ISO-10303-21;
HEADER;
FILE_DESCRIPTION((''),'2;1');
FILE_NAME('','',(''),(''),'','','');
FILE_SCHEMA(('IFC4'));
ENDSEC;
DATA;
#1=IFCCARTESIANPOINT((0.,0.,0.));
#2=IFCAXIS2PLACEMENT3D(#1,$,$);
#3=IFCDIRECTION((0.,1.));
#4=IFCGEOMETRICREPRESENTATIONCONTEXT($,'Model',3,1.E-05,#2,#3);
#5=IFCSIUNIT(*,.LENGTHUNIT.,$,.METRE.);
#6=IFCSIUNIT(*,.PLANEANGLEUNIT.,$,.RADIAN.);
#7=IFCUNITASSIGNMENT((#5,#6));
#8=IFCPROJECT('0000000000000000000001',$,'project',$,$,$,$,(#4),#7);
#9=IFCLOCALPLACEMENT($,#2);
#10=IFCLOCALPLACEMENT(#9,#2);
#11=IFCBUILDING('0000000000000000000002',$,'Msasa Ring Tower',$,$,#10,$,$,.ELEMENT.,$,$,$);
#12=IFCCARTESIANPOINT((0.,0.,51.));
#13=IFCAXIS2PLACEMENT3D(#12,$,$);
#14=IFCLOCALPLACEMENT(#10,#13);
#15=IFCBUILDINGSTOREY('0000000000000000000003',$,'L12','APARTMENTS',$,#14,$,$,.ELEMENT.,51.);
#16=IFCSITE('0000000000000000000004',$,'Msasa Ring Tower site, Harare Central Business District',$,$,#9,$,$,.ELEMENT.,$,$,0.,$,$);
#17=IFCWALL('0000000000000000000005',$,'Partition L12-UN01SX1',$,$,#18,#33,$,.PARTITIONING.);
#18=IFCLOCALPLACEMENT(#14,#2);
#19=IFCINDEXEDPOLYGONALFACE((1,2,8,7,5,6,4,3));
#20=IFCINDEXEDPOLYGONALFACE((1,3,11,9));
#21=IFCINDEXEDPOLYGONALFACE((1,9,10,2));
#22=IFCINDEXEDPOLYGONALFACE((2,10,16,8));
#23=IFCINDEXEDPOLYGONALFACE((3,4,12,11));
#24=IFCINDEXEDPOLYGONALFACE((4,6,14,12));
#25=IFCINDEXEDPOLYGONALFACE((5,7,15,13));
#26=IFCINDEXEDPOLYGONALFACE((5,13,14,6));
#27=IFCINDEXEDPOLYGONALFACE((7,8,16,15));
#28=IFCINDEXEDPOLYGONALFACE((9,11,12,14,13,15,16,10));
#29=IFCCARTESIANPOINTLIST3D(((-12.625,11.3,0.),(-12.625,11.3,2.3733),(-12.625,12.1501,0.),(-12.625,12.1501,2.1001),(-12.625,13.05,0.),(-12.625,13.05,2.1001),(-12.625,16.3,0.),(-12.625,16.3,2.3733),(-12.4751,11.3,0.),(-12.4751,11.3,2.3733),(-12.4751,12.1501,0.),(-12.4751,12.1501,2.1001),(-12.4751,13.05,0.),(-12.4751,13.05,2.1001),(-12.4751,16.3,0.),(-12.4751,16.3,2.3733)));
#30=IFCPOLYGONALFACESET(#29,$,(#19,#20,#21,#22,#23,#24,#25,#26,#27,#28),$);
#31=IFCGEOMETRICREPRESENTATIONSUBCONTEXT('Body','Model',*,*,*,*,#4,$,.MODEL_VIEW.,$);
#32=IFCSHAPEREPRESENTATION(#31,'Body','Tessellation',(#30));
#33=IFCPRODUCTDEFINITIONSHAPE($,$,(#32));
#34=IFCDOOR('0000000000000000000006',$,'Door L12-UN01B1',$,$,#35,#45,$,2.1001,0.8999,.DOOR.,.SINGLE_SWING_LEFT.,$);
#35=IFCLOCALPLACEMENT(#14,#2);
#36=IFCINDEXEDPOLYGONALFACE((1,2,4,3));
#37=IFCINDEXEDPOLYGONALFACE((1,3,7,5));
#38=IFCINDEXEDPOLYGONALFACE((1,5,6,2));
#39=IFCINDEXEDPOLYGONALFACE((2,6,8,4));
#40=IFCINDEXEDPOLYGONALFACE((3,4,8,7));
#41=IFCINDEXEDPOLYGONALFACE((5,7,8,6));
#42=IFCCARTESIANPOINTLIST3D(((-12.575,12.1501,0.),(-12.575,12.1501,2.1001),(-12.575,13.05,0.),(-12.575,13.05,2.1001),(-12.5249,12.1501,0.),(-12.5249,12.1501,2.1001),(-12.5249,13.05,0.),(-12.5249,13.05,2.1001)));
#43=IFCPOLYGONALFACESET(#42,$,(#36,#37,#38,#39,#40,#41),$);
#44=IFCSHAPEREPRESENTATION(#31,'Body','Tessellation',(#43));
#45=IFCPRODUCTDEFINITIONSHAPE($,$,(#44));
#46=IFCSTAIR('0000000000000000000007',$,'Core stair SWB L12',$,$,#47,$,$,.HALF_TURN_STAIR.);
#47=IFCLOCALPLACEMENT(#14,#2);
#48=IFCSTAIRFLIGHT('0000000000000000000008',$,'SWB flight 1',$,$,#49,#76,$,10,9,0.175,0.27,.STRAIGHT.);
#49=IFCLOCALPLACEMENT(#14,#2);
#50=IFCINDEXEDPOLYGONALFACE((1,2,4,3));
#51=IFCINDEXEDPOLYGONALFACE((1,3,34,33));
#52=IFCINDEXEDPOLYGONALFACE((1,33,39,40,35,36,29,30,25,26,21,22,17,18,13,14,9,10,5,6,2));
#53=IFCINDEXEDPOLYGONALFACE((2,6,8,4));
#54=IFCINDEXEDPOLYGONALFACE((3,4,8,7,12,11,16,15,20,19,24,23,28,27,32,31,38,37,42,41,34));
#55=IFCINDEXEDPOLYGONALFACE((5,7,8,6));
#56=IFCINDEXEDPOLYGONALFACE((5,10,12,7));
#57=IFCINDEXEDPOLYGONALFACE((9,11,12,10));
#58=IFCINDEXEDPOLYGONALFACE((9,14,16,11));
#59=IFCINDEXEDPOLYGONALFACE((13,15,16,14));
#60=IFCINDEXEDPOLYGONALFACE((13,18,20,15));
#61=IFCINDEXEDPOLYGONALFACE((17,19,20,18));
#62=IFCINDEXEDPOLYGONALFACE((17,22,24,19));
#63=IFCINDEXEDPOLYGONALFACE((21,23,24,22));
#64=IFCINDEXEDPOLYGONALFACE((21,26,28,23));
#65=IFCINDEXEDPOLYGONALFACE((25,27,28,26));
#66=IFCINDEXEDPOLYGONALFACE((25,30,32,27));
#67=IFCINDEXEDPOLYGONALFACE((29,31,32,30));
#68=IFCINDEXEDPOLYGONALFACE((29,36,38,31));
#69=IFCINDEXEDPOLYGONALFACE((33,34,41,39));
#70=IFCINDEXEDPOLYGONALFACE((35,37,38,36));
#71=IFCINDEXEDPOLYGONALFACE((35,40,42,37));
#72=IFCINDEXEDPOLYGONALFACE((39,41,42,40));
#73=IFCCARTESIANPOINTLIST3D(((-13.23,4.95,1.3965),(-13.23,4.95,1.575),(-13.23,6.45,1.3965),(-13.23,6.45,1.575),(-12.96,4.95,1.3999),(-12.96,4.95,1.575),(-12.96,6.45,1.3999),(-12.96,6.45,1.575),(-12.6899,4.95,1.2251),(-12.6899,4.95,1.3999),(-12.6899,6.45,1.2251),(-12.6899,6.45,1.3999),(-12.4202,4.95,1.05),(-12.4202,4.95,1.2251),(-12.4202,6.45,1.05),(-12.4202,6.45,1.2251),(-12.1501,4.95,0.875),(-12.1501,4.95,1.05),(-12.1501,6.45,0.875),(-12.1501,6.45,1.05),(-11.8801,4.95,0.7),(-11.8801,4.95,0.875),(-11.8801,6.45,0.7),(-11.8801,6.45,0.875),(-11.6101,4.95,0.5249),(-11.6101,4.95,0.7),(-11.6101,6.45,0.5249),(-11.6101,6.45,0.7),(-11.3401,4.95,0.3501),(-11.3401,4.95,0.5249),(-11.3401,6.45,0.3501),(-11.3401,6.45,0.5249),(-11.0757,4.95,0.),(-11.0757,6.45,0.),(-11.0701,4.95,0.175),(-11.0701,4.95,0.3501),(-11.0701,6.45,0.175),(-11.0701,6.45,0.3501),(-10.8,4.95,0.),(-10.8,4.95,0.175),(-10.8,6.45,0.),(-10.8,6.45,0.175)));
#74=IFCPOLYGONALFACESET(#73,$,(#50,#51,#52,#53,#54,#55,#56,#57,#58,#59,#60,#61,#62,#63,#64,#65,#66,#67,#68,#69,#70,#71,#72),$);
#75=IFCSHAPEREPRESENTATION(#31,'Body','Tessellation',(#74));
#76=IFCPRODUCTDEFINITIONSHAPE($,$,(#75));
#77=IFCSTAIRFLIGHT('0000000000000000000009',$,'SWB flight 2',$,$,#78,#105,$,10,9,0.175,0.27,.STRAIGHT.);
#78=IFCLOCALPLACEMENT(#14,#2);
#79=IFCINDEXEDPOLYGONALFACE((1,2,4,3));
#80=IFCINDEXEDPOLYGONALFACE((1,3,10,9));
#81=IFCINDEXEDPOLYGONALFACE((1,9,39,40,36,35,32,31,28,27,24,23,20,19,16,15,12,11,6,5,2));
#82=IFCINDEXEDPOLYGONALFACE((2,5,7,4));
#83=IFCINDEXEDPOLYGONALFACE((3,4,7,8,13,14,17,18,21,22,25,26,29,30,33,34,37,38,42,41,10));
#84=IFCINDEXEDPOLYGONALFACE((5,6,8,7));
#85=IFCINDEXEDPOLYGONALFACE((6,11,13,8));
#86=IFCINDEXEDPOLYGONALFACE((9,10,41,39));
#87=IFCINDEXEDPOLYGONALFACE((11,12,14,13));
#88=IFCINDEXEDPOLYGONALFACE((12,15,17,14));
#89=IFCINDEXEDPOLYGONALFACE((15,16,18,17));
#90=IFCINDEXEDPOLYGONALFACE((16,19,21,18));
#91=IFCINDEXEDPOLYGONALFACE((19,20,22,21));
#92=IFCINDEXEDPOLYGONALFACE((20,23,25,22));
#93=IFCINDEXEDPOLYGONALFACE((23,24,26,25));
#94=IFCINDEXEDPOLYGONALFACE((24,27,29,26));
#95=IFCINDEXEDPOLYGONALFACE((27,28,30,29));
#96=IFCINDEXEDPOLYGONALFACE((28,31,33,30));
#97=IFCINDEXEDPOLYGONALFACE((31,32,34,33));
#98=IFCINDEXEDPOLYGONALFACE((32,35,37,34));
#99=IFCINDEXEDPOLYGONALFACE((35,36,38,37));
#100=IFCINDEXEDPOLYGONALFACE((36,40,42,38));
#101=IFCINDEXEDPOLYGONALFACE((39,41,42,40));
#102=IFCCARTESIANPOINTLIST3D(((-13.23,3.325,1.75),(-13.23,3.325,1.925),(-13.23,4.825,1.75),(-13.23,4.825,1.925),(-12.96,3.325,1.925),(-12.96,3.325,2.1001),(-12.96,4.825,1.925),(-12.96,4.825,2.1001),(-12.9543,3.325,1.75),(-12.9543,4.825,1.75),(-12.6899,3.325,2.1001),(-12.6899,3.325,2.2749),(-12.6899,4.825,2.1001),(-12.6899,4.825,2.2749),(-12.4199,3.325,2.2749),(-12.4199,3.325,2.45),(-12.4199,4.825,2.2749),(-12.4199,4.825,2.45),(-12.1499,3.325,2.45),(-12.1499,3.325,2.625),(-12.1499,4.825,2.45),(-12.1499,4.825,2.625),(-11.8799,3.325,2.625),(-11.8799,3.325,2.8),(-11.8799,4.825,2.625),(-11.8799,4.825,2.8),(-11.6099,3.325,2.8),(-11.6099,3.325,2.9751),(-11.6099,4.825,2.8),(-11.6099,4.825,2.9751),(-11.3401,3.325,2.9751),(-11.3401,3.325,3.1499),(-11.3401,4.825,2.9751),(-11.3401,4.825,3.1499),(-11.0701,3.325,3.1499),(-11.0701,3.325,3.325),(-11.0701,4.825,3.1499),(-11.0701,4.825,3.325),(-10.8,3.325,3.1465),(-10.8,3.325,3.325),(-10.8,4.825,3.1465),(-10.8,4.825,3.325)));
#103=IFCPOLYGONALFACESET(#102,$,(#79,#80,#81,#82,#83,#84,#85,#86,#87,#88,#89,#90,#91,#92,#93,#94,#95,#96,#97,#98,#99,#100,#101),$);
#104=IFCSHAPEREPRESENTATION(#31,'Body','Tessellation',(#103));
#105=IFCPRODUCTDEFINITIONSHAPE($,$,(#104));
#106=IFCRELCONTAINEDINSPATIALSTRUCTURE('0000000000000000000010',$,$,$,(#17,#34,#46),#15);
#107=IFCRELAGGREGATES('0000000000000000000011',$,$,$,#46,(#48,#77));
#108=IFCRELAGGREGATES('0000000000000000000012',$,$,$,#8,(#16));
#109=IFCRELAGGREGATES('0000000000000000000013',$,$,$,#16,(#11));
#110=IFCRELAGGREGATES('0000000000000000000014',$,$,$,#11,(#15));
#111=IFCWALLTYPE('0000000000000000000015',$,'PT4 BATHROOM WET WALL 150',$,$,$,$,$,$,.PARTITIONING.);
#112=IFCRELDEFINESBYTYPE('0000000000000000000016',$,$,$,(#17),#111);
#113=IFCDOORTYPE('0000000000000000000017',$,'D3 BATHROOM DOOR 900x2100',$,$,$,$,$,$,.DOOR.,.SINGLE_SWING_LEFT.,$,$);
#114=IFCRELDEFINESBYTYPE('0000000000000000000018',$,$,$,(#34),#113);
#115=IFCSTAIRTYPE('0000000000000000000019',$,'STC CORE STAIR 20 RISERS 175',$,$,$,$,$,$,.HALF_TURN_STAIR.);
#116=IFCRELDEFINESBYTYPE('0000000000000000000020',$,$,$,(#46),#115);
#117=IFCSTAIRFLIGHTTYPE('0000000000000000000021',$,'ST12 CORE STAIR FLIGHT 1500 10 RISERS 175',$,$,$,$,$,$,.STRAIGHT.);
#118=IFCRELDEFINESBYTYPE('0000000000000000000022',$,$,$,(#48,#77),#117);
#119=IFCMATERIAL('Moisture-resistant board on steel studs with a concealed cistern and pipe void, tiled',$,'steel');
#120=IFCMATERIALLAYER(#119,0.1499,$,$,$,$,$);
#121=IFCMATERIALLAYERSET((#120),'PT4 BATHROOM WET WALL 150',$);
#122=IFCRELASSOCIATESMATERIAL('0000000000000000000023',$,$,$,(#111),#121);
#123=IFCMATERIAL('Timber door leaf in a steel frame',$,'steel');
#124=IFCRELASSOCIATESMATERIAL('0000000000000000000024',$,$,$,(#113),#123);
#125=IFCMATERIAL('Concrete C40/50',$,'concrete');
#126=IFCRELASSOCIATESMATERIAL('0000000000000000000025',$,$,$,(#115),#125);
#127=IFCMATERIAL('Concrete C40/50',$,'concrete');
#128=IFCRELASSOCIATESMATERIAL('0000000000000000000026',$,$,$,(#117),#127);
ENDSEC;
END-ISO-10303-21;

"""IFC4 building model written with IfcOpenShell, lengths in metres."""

from ifc_helpers import new_model, si_unit, direction, frame, frame_2d, origin, place, context, subcontext, project, spatial, polyline, rectangle, outline, extrude, material, layer, layer_set, type_object, element, fill, aggregate, save


model = new_model("IFC4")

# Units and contexts
model_context = context("Model", 3, precision=1e-05, world=origin(), true_north=direction((0.0, 1.0)))
body_context = subcontext(model_context, "Body", "Model", "MODEL_VIEW")
ifc_project = project(units=[si_unit("LENGTHUNIT", "METRE"), si_unit("PLANEANGLEUNIT", "RADIAN")], contexts=[model_context])

# Site, building, storey
site_placement = place(None, origin())
site = spatial("IfcSite", under=ifc_project, at=site_placement, Name="Msasa Ring Tower site, Harare Central Business District", CompositionType="ELEMENT", RefElevation=0.0)
building_placement = place(site_placement, origin())
building = spatial("IfcBuilding", under=site, at=building_placement, Name="Msasa Ring Tower", CompositionType="ELEMENT")
storey_placement = place(building_placement, frame((0.0, 0.0, 51.0)))
storey = spatial("IfcBuildingStorey", under=building, at=storey_placement, Name="L12", Description="APARTMENTS", CompositionType="ELEMENT", Elevation=51.0)

# Wall, opening, door
ifc_material_1 = material(Name="Moisture-resistant board on steel studs with a concealed cistern and pipe void, tiled", Category="steel")
ifc_layer_1 = layer(ifc_material_1, 0.1499)
ifc_layer_set_1 = layer_set([ifc_layer_1], Name="PT4 BATHROOM WET WALL 150")
wall_type_1 = type_object("IfcWallType", Name="PT4 BATHROOM WET WALL 150", PredefinedType="PARTITIONING", material=ifc_layer_set_1)
ifc_material_2 = material(Name="Timber door leaf in a steel frame", Category="steel")
door_type = type_object("IfcDoorType", Name="D3 BATHROOM DOOR 900x2100", OperationType="SINGLE_SWING_LEFT", PredefinedType="DOOR", material=ifc_material_2)
wall_1_placement = place(storey_placement, frame((-12.55, 11.3, 0.0), z_axis=(0.0, 0.0, 1.0), x_axis=(0.0, 1.0, 0.0)))
wall_1 = element("IfcWall", 1, at=wall_1_placement, inside=storey, type_object=wall_type_1, Name="Partition L12-UN01SX1", PredefinedType="PARTITIONING", context=body_context, shape_type="SweptSolid", body=[
    extrude(rectangle(XDim=5.0, YDim=0.1499, at=frame_2d((2.5, 0.0))), origin(), (0.0, 0.0, 1.0), 2.3733),
])
opening_1_placement = place(wall_1_placement, frame((0.8501, 0.0, 0.0)))
opening_1 = element("IfcOpeningElement", 2, at=opening_1_placement, cuts=wall_1, PredefinedType="OPENING", context=body_context, shape_type="SweptSolid", body=[
    extrude(rectangle(XDim=0.8999, YDim=2.1001, at=frame_2d((0.45, 1.05))), frame((0.0, 0.085, 0.0), z_axis=(0.0, -1.0, 0.0), x_axis=(1.0, 0.0, 0.0)), (0.0, 0.0, 1.0), 0.1699),
])
door_1_placement = place(opening_1_placement, origin())
door_1 = element("IfcDoor", 3, at=door_1_placement, inside=storey, type_object=door_type, Name="Door L12-UN01B1", OperationType="SINGLE_SWING_LEFT", OverallHeight=2.1001, OverallWidth=0.8999, PredefinedType="DOOR", context=body_context, shape_type="SweptSolid", body=[
    extrude(rectangle(XDim=0.8999, YDim=2.1001, at=frame_2d((0.45, 1.05))), frame((0.0, 0.0249, 0.0), z_axis=(0.0, -1.0, 0.0), x_axis=(1.0, 0.0, 0.0)), (0.0, 0.0, 1.0), 0.05),
])
fill(opening_1, door_1)

# Stair, stair flights
ifc_material_3 = material(Name="Concrete C40/50", Category="concrete")
stair_type = type_object("IfcStairType", Name="STC CORE STAIR 20 RISERS 175", PredefinedType="HALF_TURN_STAIR", material=ifc_material_3)
stair_placement = place(storey_placement, origin())
stair = element("IfcStair", 4, at=stair_placement, inside=storey, type_object=stair_type, Name="Core stair SWB L12", PredefinedType="HALF_TURN_STAIR")
ifc_material_4 = material(Name="Concrete C40/50", Category="concrete")
stair_flight_type = type_object("IfcStairFlightType", Name="ST12 CORE STAIR FLIGHT 1500 10 RISERS 175", PredefinedType="STRAIGHT", material=ifc_material_4)
stair_flight_1_placement = place(storey_placement, frame((-10.8, 5.7, 0.0), z_axis=(0.0, 0.0, 1.0), x_axis=(-1.0, 0.0, 0.0)))
stair_flight_1 = element("IfcStairFlight", 5, at=stair_flight_1_placement, type_object=stair_flight_type, Name="SWB flight 1", NumberOfRisers=10, NumberOfTreads=9, PredefinedType="STRAIGHT", RiserHeight=0.175, TreadLength=0.27, context=body_context, shape_type="SweptSolid", body=[
    extrude(outline(polyline([(0.0, 0.0), (0.0, 0.175), (0.27, 0.175), (0.27, 0.3501), (0.54, 0.3501), (0.54, 0.5249), (0.8101, 0.5249), (0.8101, 0.7), (1.0801, 0.7), (1.0801, 0.875), (1.3501, 0.875), (1.3501, 1.05), (1.6201, 1.05), (1.6201, 1.2251), (1.8899, 1.2251), (1.8899, 1.3999), (2.1599, 1.3999), (2.1599, 1.575), (2.4299, 1.575), (2.4299, 1.75), (2.4299, 1.3965), (0.2756, 0.0), (0.0, 0.0)])), frame((0.0, 0.75, 0.0), z_axis=(0.0, -1.0, 0.0), x_axis=(1.0, 0.0, 0.0)), (0.0, 0.0, 1.0), 1.5),
])
stair_flight_2_placement = place(storey_placement, frame((-13.23, 4.075, 1.75), z_axis=(0.0, 0.0, 1.0), x_axis=(1.0, 0.0, 0.0)))
stair_flight_2 = element("IfcStairFlight", 6, at=stair_flight_2_placement, type_object=stair_flight_type, Name="SWB flight 2", NumberOfRisers=10, NumberOfTreads=9, PredefinedType="STRAIGHT", RiserHeight=0.175, TreadLength=0.27, context=body_context, shape_type="SweptSolid", body=[
    extrude(outline(polyline([(0.0, 0.0), (0.0, 0.175), (0.27, 0.175), (0.27, 0.3501), (0.54, 0.3501), (0.54, 0.5249), (0.8101, 0.5249), (0.8101, 0.7), (1.0801, 0.7), (1.0801, 0.875), (1.3501, 0.875), (1.3501, 1.05), (1.6201, 1.05), (1.6201, 1.2251), (1.8899, 1.2251), (1.8899, 1.3999), (2.1599, 1.3999), (2.1599, 1.575), (2.4299, 1.575), (2.4299, 1.75), (2.4299, 1.3965), (0.2756, 0.0), (0.0, 0.0)])), frame((0.0, 0.75, 0.0), z_axis=(0.0, -1.0, 0.0), x_axis=(1.0, 0.0, 0.0)), (0.0, 0.0, 1.0), 1.5),
])
aggregate(stair, [stair_flight_1, stair_flight_2])

save(model, "model.ifc")
